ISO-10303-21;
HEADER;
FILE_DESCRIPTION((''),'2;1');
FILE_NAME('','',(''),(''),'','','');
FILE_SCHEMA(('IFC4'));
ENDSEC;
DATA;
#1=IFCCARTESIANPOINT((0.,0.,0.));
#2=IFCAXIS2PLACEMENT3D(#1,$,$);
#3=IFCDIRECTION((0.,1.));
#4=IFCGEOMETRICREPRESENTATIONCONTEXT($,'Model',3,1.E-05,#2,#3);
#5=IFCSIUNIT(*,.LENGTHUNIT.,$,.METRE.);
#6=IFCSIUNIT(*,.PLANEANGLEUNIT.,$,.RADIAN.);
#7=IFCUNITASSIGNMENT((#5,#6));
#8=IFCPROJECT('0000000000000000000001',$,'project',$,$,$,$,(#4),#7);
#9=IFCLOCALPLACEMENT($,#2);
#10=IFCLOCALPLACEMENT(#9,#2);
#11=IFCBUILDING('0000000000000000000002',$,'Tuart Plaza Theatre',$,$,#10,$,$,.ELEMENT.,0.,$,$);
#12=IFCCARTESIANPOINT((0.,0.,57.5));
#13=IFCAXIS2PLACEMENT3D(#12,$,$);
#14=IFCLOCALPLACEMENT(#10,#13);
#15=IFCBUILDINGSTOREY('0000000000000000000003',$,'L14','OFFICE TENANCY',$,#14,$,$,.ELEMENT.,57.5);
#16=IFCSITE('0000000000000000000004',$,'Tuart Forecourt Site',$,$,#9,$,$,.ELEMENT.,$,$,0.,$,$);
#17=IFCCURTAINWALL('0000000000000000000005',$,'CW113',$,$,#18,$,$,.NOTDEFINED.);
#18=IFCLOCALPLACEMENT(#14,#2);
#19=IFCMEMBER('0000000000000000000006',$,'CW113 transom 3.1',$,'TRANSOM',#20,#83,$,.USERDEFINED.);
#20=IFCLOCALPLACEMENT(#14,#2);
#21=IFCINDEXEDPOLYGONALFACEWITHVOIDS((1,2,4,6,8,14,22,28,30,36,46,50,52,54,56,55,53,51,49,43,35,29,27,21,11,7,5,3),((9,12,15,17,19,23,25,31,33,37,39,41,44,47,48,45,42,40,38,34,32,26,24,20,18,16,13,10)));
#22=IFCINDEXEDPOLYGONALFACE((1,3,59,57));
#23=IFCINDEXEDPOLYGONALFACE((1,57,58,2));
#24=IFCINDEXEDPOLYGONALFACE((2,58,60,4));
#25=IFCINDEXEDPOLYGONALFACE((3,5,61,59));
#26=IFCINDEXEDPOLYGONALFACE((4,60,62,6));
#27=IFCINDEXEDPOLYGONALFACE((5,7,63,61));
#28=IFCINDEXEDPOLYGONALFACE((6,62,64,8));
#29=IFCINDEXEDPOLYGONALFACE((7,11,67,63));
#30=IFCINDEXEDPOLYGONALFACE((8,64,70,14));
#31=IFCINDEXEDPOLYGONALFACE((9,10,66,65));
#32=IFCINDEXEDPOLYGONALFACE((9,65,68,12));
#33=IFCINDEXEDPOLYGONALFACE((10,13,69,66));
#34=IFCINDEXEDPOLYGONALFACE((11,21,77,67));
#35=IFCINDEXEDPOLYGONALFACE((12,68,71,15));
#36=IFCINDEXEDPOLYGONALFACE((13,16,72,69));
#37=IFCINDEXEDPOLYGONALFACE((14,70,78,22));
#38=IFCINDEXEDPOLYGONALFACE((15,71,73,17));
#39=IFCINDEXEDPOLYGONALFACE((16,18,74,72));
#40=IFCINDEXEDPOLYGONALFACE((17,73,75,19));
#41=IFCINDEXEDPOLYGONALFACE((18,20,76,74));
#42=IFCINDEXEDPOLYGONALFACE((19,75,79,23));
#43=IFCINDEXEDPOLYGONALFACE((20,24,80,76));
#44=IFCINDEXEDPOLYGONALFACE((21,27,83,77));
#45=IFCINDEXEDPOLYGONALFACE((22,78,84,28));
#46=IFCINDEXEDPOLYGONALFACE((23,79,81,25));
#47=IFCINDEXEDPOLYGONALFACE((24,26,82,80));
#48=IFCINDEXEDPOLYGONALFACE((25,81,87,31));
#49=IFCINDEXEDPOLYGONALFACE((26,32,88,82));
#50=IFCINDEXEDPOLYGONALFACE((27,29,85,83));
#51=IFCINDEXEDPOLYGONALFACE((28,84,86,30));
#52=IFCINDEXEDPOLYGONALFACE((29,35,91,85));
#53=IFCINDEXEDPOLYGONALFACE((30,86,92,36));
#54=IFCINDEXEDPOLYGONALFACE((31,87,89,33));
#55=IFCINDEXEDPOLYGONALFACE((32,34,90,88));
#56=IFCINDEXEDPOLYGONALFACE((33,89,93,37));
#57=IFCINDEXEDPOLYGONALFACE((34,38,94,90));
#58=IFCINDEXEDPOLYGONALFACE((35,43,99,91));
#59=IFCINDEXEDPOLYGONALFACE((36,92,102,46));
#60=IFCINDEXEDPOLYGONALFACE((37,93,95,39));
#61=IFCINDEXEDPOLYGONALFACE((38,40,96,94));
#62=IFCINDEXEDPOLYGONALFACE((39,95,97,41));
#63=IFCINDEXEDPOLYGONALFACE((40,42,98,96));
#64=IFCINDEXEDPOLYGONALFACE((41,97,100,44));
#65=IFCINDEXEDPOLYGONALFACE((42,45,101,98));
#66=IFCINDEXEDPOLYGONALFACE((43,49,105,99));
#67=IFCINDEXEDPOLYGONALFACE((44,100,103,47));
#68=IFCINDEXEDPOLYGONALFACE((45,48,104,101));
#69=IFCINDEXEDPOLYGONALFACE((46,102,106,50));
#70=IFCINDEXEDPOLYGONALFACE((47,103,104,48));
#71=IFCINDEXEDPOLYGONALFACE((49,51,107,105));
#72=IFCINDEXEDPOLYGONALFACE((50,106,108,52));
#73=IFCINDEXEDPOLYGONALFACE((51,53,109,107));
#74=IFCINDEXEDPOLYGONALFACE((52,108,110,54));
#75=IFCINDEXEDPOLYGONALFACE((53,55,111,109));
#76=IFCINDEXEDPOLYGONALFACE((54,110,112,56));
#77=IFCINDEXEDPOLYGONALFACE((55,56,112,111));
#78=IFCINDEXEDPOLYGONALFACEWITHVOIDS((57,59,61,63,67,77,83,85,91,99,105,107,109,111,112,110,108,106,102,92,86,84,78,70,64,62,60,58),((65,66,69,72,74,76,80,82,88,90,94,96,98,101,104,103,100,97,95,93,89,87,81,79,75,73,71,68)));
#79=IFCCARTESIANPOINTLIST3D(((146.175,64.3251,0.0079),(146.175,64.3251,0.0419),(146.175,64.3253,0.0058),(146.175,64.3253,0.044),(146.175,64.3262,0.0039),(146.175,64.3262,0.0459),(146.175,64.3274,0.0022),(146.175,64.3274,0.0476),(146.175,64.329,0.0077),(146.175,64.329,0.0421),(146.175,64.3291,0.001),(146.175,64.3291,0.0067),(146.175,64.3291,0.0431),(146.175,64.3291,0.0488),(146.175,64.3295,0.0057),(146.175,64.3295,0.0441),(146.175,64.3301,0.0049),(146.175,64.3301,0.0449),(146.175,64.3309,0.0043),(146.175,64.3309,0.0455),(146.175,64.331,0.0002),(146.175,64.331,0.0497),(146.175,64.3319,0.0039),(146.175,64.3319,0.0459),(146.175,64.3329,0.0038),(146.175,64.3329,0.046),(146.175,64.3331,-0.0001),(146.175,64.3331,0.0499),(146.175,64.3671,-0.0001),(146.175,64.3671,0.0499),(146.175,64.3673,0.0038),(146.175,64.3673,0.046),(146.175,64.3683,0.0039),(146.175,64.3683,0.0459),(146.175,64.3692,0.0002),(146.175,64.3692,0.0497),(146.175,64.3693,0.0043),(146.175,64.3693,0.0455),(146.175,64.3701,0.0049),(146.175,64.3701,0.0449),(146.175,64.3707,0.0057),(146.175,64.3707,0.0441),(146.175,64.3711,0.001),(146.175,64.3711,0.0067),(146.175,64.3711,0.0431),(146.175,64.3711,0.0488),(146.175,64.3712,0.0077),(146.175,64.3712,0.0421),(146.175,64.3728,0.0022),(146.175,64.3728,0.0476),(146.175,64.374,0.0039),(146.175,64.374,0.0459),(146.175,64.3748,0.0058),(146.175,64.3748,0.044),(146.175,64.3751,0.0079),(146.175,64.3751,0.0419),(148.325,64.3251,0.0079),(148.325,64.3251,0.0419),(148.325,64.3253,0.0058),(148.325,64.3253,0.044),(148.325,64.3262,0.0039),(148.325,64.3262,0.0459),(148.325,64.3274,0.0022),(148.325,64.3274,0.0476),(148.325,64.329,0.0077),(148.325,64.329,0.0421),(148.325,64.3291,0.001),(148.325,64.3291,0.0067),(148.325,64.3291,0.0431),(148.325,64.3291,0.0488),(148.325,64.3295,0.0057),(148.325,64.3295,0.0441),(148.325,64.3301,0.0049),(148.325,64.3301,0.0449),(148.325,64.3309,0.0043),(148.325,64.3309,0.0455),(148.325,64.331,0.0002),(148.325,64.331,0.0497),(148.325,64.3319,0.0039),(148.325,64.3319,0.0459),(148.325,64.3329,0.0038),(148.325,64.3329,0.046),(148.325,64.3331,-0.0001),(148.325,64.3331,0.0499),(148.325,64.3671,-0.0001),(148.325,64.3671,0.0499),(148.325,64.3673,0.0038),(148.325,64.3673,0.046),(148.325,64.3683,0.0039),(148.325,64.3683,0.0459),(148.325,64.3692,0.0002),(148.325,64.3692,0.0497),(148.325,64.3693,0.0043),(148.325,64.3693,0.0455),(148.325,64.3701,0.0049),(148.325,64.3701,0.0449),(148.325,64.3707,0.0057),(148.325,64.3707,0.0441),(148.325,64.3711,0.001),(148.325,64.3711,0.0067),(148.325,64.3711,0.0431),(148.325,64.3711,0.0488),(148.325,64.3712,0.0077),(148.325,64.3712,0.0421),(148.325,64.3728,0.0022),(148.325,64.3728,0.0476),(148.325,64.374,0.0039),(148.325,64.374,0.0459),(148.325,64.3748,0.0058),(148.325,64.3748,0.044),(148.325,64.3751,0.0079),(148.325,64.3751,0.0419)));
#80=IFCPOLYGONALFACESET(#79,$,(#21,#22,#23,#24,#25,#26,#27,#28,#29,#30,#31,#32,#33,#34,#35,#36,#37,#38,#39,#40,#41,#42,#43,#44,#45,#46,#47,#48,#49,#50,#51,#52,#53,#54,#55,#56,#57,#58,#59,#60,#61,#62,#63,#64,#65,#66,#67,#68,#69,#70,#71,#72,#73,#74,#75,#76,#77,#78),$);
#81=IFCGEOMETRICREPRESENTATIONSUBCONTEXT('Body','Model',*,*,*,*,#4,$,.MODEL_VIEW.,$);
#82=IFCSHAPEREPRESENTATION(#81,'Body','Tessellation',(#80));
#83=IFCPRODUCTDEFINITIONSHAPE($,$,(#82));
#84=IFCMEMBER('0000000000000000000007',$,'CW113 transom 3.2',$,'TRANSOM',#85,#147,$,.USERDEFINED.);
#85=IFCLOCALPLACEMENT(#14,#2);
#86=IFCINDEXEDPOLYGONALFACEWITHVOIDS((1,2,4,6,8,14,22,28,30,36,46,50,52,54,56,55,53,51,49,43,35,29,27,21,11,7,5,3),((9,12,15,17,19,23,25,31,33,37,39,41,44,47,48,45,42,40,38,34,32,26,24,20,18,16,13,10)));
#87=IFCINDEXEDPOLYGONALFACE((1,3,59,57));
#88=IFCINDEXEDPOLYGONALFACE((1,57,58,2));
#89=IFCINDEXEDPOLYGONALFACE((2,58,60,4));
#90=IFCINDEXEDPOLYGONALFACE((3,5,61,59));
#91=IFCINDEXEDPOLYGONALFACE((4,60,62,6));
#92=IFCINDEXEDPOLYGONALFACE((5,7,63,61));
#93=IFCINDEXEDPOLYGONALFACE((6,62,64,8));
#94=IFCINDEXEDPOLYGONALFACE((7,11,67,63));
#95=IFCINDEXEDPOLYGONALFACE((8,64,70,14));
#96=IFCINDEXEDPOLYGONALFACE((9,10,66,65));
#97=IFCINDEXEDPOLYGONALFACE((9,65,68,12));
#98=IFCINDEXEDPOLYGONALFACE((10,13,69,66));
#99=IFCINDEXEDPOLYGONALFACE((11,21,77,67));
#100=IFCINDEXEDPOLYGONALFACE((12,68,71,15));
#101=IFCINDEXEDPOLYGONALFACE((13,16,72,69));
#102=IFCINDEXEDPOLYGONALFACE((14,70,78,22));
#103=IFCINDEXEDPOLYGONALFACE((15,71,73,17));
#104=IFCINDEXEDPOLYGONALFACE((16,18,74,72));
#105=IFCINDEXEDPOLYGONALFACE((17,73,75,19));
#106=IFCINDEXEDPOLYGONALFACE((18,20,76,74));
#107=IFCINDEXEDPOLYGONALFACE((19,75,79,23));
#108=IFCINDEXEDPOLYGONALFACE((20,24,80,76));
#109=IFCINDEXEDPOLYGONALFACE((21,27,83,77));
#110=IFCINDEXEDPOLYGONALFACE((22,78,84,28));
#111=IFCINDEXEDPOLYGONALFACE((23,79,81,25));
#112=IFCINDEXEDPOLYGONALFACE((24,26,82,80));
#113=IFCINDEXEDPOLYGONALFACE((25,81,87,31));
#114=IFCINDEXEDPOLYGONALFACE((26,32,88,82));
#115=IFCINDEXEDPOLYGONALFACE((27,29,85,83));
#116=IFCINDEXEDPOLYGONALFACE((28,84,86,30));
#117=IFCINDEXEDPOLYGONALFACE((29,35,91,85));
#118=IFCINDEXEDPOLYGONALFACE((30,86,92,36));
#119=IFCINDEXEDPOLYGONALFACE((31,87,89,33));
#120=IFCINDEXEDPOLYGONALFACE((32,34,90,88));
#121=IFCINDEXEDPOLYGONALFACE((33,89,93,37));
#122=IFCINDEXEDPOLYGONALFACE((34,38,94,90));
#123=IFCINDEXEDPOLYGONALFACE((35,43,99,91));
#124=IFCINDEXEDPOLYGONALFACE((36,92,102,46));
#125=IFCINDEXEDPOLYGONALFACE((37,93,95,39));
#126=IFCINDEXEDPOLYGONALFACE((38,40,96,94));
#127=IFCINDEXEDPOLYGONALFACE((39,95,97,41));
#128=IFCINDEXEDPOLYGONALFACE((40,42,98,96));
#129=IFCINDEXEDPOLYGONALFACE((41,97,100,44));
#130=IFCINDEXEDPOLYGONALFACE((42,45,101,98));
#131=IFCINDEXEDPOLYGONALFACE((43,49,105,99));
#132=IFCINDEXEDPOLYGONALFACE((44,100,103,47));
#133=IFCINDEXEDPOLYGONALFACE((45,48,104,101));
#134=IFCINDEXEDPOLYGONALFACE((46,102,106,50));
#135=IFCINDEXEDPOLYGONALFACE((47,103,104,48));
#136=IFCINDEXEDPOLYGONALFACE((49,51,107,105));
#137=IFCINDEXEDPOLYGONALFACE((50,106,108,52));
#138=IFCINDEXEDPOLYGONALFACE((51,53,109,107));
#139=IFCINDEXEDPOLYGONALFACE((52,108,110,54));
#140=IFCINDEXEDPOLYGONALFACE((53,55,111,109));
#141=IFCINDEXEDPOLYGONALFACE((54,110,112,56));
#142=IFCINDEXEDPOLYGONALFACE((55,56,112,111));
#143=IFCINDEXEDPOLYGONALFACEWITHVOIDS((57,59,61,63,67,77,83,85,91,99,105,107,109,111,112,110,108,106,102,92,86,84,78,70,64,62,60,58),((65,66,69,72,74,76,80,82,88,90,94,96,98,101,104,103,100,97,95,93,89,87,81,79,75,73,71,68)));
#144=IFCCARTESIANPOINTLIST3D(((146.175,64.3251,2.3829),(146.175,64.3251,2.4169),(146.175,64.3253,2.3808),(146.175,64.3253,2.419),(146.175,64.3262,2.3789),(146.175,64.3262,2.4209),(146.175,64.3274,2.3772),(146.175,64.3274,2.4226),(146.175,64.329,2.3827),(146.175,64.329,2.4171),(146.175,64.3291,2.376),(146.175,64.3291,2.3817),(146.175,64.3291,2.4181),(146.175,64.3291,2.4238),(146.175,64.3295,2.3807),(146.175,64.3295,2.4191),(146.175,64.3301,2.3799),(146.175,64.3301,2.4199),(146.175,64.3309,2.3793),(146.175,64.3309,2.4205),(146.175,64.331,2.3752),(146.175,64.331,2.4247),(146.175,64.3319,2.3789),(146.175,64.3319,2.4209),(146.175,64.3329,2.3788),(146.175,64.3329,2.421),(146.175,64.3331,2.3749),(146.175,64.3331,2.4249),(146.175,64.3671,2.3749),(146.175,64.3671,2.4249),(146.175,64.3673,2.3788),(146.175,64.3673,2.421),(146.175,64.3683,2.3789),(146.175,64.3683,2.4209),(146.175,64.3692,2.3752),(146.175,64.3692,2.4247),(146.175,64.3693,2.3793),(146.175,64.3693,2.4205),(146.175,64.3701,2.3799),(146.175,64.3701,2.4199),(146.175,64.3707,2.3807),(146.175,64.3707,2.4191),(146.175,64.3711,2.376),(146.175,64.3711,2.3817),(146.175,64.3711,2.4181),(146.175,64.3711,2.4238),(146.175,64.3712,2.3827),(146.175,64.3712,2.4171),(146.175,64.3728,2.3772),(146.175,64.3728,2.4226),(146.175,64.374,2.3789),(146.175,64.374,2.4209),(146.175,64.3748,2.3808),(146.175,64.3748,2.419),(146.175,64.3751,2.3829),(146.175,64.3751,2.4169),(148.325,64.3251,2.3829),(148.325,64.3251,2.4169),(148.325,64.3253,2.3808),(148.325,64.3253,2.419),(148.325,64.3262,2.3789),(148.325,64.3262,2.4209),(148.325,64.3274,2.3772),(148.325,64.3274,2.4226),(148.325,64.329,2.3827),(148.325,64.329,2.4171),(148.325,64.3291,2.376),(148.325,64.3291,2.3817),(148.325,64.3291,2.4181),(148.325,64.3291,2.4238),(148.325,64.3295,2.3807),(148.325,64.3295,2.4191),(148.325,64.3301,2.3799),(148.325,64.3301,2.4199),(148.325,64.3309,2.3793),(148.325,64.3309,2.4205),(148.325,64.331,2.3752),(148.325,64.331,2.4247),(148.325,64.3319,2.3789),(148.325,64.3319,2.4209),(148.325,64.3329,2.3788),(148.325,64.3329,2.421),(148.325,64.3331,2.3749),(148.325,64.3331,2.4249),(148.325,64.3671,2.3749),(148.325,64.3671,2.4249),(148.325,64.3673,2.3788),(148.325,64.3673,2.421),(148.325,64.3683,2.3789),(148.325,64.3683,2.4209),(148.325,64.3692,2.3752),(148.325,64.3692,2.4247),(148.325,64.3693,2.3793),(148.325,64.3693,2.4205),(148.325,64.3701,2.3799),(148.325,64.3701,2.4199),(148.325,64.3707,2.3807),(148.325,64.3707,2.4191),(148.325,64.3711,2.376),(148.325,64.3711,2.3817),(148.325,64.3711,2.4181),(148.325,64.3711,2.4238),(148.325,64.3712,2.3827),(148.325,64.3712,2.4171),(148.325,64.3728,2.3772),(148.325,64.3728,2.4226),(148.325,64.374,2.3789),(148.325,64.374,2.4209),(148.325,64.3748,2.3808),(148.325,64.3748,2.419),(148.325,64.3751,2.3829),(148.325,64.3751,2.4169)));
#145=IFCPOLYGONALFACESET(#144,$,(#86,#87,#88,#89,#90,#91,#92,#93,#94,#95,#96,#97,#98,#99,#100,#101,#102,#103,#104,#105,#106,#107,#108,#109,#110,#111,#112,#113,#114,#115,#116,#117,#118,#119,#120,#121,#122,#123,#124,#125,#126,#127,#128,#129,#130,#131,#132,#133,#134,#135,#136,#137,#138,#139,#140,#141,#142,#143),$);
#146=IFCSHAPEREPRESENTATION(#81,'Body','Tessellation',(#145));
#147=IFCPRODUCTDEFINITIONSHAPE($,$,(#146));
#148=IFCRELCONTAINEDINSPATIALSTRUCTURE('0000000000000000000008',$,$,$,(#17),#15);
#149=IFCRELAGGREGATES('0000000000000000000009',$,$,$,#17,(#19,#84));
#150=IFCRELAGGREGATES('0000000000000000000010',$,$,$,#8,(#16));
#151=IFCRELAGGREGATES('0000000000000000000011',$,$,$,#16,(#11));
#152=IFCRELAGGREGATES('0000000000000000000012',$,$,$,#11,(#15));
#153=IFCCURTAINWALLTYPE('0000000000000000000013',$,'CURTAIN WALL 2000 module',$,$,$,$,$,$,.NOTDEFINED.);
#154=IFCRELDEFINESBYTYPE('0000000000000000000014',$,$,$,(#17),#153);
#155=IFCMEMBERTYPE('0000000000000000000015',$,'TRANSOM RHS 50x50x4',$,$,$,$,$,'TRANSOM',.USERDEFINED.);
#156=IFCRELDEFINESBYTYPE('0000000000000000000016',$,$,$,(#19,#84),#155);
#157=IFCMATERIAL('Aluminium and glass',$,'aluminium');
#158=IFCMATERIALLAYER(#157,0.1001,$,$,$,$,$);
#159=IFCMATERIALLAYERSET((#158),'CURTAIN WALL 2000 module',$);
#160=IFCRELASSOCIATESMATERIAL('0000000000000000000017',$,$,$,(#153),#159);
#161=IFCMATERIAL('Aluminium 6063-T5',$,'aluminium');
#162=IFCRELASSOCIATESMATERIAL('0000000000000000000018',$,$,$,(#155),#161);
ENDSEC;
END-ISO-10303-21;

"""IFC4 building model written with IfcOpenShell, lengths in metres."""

from ifc_helpers import new_model, si_unit, direction, frame, origin, origin_2d, place, context, subcontext, project, spatial, hollow_rectangle, extrude, material, layer, layer_set, material_profile, profile_set, type_object, element, aggregate, save


model = new_model("IFC4")

# Units and contexts
model_context = context("Model", 3, precision=1e-05, world=origin(), true_north=direction((0.0, 1.0)))
body_context = subcontext(model_context, "Body", "Model", "MODEL_VIEW")
ifc_project = project(units=[si_unit("LENGTHUNIT", "METRE"), si_unit("PLANEANGLEUNIT", "RADIAN")], contexts=[model_context])

# Site, building, storey
site_placement = place(None, origin())
site = spatial("IfcSite", under=ifc_project, at=site_placement, Name="Tuart Forecourt Site", CompositionType="ELEMENT", RefElevation=0.0)
building_placement = place(site_placement, origin())
building = spatial("IfcBuilding", under=site, at=building_placement, Name="Tuart Plaza Theatre", CompositionType="ELEMENT", ElevationOfRefHeight=0.0)
storey_placement = place(building_placement, frame((0.0, 0.0, 57.5)))
storey = spatial("IfcBuildingStorey", under=building, at=storey_placement, Name="L14", Description="OFFICE TENANCY", CompositionType="ELEMENT", Elevation=57.5)

# Curtain wall, members
ifc_material_1 = material(Name="Aluminium and glass", Category="aluminium")
ifc_layer_1 = layer(ifc_material_1, 0.1001)
ifc_layer_set_1 = layer_set([ifc_layer_1], Name="CURTAIN WALL 2000 module")
curtain_wall_type = type_object("IfcCurtainWallType", Name="CURTAIN WALL 2000 module", PredefinedType="NOTDEFINED", material=ifc_layer_set_1)
curtain_wall_placement = place(storey_placement, origin())
curtain_wall = element("IfcCurtainWall", 1, at=curtain_wall_placement, inside=storey, type_object=curtain_wall_type, Name="CW113", PredefinedType="NOTDEFINED")
ifc_material_2 = material(Name="Aluminium 6063-T5", Category="aluminium")
ifc_material_profile_1 = material_profile(ifc_material_2, hollow_rectangle(XDim=0.05, YDim=0.05, WallThickness=0.0039, InnerFilletRadius=0.0039, OuterFilletRadius=0.0081, at=origin_2d()), Name="RHS 50x50x4")
ifc_profile_set_1 = profile_set([ifc_material_profile_1], Name="Aluminium 6063-T5")
member_type_1 = type_object("IfcMemberType", Name="TRANSOM RHS 50x50x4", ElementType="TRANSOM", PredefinedType="USERDEFINED", material=ifc_profile_set_1)
member_1_placement = place(storey_placement, frame((146.175, 64.3501, 0.0249), z_axis=(1.0, 0.0, 0.0), x_axis=(0.0, 1.0, 0.0)))
member_1 = element("IfcMember", 2, at=member_1_placement, type_object=member_type_1, Name="CW113 transom 3.1", ObjectType="TRANSOM", PredefinedType="USERDEFINED", context=body_context, shape_type="SweptSolid", body=[
    extrude(hollow_rectangle(XDim=0.05, YDim=0.05, WallThickness=0.0039, InnerFilletRadius=0.0039, OuterFilletRadius=0.0081, at=origin_2d()), origin(), (0.0, 0.0, 1.0), 2.1499),
])
member_2_placement = place(storey_placement, frame((146.175, 64.3501, 2.3999), z_axis=(1.0, 0.0, 0.0), x_axis=(0.0, 1.0, 0.0)))
member_2 = element("IfcMember", 3, at=member_2_placement, type_object=member_type_1, Name="CW113 transom 3.2", ObjectType="TRANSOM", PredefinedType="USERDEFINED", context=body_context, shape_type="SweptSolid", body=[
    extrude(hollow_rectangle(XDim=0.05, YDim=0.05, WallThickness=0.0039, InnerFilletRadius=0.0039, OuterFilletRadius=0.0081, at=origin_2d()), origin(), (0.0, 0.0, 1.0), 2.1499),
])
aggregate(curtain_wall, [member_1, member_2])

save(model, "model.ifc")
